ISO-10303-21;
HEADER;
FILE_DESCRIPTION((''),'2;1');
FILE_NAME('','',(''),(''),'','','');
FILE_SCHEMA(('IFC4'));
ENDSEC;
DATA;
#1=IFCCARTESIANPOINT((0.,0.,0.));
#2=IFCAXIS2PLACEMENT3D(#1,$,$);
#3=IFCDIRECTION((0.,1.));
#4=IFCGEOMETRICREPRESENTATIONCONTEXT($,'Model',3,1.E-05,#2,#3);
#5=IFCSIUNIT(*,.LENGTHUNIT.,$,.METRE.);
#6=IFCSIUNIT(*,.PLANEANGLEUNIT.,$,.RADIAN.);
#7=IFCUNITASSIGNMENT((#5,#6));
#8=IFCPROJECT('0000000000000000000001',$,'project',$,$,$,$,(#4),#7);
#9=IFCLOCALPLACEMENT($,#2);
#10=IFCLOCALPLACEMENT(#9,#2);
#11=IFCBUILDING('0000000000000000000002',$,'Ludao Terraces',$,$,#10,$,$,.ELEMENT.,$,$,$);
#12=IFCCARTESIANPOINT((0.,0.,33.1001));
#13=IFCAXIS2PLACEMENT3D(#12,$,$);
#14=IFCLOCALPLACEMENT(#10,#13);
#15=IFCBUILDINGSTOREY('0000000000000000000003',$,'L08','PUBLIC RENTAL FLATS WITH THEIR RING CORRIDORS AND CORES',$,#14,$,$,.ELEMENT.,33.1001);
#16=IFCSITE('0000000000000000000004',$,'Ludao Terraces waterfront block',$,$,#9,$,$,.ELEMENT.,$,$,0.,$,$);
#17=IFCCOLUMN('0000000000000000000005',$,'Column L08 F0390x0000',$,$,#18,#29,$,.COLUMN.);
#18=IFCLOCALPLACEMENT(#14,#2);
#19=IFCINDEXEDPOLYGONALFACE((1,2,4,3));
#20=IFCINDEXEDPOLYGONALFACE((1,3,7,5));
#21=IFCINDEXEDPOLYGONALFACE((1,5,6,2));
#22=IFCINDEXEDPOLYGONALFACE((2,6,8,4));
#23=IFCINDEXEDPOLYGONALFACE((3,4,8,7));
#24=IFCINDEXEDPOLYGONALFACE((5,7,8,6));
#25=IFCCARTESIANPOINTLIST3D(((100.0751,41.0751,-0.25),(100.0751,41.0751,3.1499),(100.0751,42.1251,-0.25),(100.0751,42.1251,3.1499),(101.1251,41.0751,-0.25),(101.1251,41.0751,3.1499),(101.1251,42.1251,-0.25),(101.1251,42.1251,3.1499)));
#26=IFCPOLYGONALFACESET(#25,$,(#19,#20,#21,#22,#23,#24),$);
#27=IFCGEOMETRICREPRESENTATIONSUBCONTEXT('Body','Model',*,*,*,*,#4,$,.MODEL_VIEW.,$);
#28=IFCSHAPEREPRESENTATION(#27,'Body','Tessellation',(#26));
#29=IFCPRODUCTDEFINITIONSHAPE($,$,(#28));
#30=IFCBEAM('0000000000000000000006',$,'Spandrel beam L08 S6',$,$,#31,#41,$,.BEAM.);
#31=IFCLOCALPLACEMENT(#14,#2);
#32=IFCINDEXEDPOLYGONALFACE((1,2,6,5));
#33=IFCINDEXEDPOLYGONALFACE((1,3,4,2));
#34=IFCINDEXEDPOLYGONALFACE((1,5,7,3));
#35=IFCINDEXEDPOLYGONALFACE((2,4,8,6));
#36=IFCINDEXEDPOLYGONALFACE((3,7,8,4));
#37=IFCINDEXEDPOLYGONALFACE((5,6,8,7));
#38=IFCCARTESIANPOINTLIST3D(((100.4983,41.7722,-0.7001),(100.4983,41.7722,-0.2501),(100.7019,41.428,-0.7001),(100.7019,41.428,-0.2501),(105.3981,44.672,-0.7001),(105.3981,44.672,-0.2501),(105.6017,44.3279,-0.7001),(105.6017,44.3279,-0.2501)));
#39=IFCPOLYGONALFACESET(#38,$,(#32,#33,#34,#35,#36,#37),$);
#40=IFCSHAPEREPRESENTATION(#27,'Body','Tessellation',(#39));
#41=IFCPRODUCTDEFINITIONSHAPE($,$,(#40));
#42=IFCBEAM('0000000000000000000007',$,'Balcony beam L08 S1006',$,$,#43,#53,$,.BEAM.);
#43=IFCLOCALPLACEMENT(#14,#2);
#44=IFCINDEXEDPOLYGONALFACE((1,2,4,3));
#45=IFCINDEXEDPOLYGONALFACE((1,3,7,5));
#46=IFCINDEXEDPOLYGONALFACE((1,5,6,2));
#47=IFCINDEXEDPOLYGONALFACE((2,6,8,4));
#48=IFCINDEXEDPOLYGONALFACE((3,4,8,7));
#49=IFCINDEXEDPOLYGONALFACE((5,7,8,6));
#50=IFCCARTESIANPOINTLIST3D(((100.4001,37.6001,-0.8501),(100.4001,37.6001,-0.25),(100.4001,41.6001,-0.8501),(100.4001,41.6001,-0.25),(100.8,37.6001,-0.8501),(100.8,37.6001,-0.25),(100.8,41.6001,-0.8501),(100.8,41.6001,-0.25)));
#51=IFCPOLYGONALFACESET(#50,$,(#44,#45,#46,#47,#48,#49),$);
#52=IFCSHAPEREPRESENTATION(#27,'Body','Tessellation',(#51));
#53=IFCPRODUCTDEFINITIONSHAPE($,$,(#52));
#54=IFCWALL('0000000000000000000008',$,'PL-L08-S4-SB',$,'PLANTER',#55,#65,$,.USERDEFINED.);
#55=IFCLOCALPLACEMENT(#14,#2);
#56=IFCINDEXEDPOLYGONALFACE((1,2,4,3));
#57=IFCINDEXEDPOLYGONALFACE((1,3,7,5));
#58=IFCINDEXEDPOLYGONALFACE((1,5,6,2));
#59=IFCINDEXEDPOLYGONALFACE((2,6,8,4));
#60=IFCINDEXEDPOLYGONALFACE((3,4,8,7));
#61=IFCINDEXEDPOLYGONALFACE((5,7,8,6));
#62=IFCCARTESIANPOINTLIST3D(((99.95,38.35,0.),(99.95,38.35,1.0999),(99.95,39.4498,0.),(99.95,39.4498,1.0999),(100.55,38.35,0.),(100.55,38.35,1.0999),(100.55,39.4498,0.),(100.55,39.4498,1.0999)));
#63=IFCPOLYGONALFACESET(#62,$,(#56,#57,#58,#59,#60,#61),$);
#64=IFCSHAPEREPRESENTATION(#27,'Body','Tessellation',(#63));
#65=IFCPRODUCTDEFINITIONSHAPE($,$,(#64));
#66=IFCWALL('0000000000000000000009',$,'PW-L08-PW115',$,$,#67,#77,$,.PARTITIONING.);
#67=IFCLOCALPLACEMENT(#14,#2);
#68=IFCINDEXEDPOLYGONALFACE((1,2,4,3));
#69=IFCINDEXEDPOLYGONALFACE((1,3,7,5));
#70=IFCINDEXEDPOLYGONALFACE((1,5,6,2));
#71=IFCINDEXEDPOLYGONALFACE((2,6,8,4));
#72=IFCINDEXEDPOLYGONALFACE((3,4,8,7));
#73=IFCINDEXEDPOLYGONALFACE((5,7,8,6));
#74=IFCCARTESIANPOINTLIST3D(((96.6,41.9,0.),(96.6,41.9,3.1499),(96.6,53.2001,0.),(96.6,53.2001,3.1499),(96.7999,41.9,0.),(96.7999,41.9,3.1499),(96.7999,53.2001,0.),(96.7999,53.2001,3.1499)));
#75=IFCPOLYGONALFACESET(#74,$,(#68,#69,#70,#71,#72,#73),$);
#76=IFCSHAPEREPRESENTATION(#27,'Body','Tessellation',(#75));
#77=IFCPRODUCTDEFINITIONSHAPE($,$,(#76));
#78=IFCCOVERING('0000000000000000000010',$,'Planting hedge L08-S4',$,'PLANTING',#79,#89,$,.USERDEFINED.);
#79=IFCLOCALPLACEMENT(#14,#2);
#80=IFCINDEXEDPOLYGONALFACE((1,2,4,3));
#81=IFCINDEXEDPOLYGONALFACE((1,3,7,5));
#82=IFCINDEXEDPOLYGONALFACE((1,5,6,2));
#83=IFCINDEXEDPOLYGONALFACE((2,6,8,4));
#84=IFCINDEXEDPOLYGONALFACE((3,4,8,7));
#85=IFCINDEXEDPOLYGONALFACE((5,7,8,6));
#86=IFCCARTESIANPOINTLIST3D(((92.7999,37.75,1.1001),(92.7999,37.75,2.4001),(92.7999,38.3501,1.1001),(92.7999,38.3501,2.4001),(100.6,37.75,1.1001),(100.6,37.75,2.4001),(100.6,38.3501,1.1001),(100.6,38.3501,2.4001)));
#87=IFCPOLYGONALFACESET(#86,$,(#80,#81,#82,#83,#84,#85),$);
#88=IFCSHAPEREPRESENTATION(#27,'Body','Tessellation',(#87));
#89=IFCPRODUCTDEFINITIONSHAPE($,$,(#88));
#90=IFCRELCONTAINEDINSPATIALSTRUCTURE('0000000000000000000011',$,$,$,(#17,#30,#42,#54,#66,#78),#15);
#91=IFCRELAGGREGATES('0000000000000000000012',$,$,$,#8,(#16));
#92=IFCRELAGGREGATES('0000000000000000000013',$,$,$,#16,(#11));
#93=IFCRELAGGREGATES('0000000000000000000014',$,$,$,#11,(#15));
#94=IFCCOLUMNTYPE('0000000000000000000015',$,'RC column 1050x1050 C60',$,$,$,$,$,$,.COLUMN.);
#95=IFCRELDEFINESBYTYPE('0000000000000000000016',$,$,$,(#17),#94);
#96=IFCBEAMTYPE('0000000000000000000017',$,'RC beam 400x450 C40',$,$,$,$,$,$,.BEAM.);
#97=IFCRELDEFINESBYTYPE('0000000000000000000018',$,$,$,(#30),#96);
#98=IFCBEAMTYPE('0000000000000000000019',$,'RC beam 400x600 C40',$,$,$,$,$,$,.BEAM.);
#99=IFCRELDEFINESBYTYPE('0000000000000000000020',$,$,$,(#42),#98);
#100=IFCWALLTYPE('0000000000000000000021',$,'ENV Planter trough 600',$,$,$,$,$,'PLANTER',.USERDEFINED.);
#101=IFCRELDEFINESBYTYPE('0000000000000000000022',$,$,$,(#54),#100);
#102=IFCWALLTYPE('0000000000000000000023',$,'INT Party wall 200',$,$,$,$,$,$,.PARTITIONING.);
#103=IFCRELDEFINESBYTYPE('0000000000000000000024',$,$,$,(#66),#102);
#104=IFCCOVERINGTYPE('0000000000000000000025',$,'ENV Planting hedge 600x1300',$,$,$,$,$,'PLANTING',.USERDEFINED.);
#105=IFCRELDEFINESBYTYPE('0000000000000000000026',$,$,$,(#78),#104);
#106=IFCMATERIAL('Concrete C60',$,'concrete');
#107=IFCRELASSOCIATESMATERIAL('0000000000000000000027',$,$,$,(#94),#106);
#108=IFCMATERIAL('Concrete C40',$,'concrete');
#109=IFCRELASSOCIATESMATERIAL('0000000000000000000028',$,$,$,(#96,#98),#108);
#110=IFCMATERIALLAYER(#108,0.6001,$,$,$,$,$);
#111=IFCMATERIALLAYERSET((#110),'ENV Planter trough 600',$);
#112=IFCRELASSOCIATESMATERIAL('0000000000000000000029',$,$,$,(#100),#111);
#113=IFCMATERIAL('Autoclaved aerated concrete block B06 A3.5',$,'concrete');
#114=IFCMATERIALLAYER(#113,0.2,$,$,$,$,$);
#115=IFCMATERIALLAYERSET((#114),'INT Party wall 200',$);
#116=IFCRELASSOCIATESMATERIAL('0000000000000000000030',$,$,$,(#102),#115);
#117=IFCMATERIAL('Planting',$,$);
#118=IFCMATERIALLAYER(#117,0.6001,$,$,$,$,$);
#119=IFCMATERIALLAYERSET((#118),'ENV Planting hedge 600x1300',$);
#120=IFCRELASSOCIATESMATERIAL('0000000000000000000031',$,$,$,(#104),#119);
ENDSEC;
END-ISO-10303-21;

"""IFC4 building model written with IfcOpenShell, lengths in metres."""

from ifc_helpers import new_model, si_unit, direction, frame, frame_2d, origin, origin_2d, place, context, subcontext, project, spatial, rectangle, extrude, material, layer, layer_set, material_profile, profile_set, type_object, element, save


model = new_model("IFC4")

# Units and contexts
model_context = context("Model", 3, precision=1e-05, world=origin(), true_north=direction((0.0, 1.0)))
body_context = subcontext(model_context, "Body", "Model", "MODEL_VIEW")
ifc_project = project(units=[si_unit("LENGTHUNIT", "METRE"), si_unit("PLANEANGLEUNIT", "RADIAN")], contexts=[model_context])

# Site, building, storey
site_placement = place(None, origin())
site = spatial("IfcSite", under=ifc_project, at=site_placement, Name="Ludao Terraces waterfront block", CompositionType="ELEMENT", RefElevation=0.0)
building_placement = place(site_placement, origin())
building = spatial("IfcBuilding", under=site, at=building_placement, Name="Ludao Terraces", CompositionType="ELEMENT")
storey_placement = place(building_placement, frame((0.0, 0.0, 33.1001)))
storey = spatial("IfcBuildingStorey", under=building, at=storey_placement, Name="L08", Description="PUBLIC RENTAL FLATS WITH THEIR RING CORRIDORS AND CORES", CompositionType="ELEMENT", Elevation=33.1001)

# Column
ifc_material_1 = material(Name="Concrete C60", Category="concrete")
ifc_material_profile_1 = material_profile(ifc_material_1, rectangle(XDim=1.05, YDim=1.05, at=origin_2d()), Name="1050 X 1050")
ifc_profile_set_1 = profile_set([ifc_material_profile_1], Name="Concrete C60")
column_type = type_object("IfcColumnType", Name="RC column 1050x1050 C60", PredefinedType="COLUMN", material=ifc_profile_set_1)
column_placement = place(storey_placement, frame((100.6001, 41.6001, -0.25), z_axis=(0.0, 0.0, 1.0), x_axis=(1.0, 0.0, 0.0)))
element("IfcColumn", 1, at=column_placement, inside=storey, type_object=column_type, Name="Column L08 F0390x0000", PredefinedType="COLUMN", context=body_context, shape_type="SweptSolid", body=[
    extrude(rectangle(XDim=1.05, YDim=1.05, at=origin_2d()), origin(), (0.0, 0.0, 1.0), 3.3999),
])

# Beams
ifc_material_2 = material(Name="Concrete C40", Category="concrete")
ifc_material_profile_2 = material_profile(ifc_material_2, rectangle(XDim=0.3999, YDim=0.45, at=origin_2d()), Name="400 X 450")
ifc_profile_set_2 = profile_set([ifc_material_profile_2], Name="Concrete C40")
beam_type_1 = type_object("IfcBeamType", Name="RC beam 400x450 C40", PredefinedType="BEAM", material=ifc_profile_set_2)
beam_1_placement = place(storey_placement, frame((100.6001, 41.6001, -0.4751), z_axis=(0.86058, 0.509316, 0.0), x_axis=(-0.509316, 0.86058, 0.0)))
element("IfcBeam", 2, at=beam_1_placement, inside=storey, type_object=beam_type_1, Name="Spandrel beam L08 S6", PredefinedType="BEAM", context=body_context, shape_type="SweptSolid", body=[
    extrude(rectangle(XDim=0.3999, YDim=0.45, at=origin_2d()), origin(), (0.0, 0.0, 1.0), 5.6936),
])
ifc_material_profile_3 = material_profile(ifc_material_2, rectangle(XDim=0.3999, YDim=0.6001, at=origin_2d()), Name="400 X 600")
ifc_profile_set_3 = profile_set([ifc_material_profile_3], Name="Concrete C40")
beam_type_2 = type_object("IfcBeamType", Name="RC beam 400x600 C40", PredefinedType="BEAM", material=ifc_profile_set_3)
beam_2_placement = place(storey_placement, frame((100.6001, 41.6001, -0.55), z_axis=(0.0, -1.0, 0.0), x_axis=(1.0, 0.0, 0.0)))
element("IfcBeam", 3, at=beam_2_placement, inside=storey, type_object=beam_type_2, Name="Balcony beam L08 S1006", PredefinedType="BEAM", context=body_context, shape_type="SweptSolid", body=[
    extrude(rectangle(XDim=0.3999, YDim=0.6001, at=origin_2d()), origin(), (0.0, 0.0, 1.0), 4.0),
])

# Walls
ifc_layer_1 = layer(ifc_material_2, 0.6001)
ifc_layer_set_1 = layer_set([ifc_layer_1], Name="ENV Planter trough 600")
wall_type_1 = type_object("IfcWallType", Name="ENV Planter trough 600", ElementType="PLANTER", PredefinedType="USERDEFINED", material=ifc_layer_set_1)
wall_1_placement = place(storey_placement, frame((100.25, 38.3501, 0.0), z_axis=(0.0, 0.0, 1.0), x_axis=(0.0, 1.0, 0.0)))
element("IfcWall", 4, at=wall_1_placement, inside=storey, type_object=wall_type_1, Name="PL-L08-S4-SB", ObjectType="PLANTER", PredefinedType="USERDEFINED", context=body_context, shape_type="SweptSolid", body=[
    extrude(rectangle(XDim=1.0999, YDim=0.6001, at=frame_2d((0.5498, 0.0))), origin(), (0.0, 0.0, 1.0), 1.0999),
])
ifc_material_3 = material(Name="Autoclaved aerated concrete block B06 A3.5", Category="concrete")
ifc_layer_2 = layer(ifc_material_3, 0.2)
ifc_layer_set_2 = layer_set([ifc_layer_2], Name="INT Party wall 200")
wall_type_2 = type_object("IfcWallType", Name="INT Party wall 200", PredefinedType="PARTITIONING", material=ifc_layer_set_2)
wall_2_placement = place(storey_placement, frame((96.7, 41.9001, 0.0), z_axis=(0.0, 0.0, 1.0), x_axis=(0.0, 1.0, 0.0)))
element("IfcWall", 5, at=wall_2_placement, inside=storey, type_object=wall_type_2, Name="PW-L08-PW115", PredefinedType="PARTITIONING", context=body_context, shape_type="SweptSolid", body=[
    extrude(rectangle(XDim=11.3, YDim=0.2, at=frame_2d((5.6499, 0.0))), origin(), (0.0, 0.0, 1.0), 3.1499),
])

# Covering
ifc_material_4 = material(Name="Planting")
ifc_layer_3 = layer(ifc_material_4, 0.6001)
ifc_layer_set_3 = layer_set([ifc_layer_3], Name="ENV Planting hedge 600x1300")
covering_type = type_object("IfcCoveringType", Name="ENV Planting hedge 600x1300", ElementType="PLANTING", PredefinedType="USERDEFINED", material=ifc_layer_set_3)
covering_placement = place(storey_placement, frame((96.7, 38.05, 1.1001), z_axis=(0.0, 0.0, 1.0), x_axis=(1.0, 0.0, 0.0)))
element("IfcCovering", 6, at=covering_placement, inside=storey, type_object=covering_type, Name="Planting hedge L08-S4", ObjectType="PLANTING", PredefinedType="USERDEFINED", context=body_context, shape_type="SweptSolid", body=[
    extrude(rectangle(XDim=7.8, YDim=0.6001, at=origin_2d()), origin(), (0.0, 0.0, 1.0), 1.3),
])

save(model, "model.ifc")
